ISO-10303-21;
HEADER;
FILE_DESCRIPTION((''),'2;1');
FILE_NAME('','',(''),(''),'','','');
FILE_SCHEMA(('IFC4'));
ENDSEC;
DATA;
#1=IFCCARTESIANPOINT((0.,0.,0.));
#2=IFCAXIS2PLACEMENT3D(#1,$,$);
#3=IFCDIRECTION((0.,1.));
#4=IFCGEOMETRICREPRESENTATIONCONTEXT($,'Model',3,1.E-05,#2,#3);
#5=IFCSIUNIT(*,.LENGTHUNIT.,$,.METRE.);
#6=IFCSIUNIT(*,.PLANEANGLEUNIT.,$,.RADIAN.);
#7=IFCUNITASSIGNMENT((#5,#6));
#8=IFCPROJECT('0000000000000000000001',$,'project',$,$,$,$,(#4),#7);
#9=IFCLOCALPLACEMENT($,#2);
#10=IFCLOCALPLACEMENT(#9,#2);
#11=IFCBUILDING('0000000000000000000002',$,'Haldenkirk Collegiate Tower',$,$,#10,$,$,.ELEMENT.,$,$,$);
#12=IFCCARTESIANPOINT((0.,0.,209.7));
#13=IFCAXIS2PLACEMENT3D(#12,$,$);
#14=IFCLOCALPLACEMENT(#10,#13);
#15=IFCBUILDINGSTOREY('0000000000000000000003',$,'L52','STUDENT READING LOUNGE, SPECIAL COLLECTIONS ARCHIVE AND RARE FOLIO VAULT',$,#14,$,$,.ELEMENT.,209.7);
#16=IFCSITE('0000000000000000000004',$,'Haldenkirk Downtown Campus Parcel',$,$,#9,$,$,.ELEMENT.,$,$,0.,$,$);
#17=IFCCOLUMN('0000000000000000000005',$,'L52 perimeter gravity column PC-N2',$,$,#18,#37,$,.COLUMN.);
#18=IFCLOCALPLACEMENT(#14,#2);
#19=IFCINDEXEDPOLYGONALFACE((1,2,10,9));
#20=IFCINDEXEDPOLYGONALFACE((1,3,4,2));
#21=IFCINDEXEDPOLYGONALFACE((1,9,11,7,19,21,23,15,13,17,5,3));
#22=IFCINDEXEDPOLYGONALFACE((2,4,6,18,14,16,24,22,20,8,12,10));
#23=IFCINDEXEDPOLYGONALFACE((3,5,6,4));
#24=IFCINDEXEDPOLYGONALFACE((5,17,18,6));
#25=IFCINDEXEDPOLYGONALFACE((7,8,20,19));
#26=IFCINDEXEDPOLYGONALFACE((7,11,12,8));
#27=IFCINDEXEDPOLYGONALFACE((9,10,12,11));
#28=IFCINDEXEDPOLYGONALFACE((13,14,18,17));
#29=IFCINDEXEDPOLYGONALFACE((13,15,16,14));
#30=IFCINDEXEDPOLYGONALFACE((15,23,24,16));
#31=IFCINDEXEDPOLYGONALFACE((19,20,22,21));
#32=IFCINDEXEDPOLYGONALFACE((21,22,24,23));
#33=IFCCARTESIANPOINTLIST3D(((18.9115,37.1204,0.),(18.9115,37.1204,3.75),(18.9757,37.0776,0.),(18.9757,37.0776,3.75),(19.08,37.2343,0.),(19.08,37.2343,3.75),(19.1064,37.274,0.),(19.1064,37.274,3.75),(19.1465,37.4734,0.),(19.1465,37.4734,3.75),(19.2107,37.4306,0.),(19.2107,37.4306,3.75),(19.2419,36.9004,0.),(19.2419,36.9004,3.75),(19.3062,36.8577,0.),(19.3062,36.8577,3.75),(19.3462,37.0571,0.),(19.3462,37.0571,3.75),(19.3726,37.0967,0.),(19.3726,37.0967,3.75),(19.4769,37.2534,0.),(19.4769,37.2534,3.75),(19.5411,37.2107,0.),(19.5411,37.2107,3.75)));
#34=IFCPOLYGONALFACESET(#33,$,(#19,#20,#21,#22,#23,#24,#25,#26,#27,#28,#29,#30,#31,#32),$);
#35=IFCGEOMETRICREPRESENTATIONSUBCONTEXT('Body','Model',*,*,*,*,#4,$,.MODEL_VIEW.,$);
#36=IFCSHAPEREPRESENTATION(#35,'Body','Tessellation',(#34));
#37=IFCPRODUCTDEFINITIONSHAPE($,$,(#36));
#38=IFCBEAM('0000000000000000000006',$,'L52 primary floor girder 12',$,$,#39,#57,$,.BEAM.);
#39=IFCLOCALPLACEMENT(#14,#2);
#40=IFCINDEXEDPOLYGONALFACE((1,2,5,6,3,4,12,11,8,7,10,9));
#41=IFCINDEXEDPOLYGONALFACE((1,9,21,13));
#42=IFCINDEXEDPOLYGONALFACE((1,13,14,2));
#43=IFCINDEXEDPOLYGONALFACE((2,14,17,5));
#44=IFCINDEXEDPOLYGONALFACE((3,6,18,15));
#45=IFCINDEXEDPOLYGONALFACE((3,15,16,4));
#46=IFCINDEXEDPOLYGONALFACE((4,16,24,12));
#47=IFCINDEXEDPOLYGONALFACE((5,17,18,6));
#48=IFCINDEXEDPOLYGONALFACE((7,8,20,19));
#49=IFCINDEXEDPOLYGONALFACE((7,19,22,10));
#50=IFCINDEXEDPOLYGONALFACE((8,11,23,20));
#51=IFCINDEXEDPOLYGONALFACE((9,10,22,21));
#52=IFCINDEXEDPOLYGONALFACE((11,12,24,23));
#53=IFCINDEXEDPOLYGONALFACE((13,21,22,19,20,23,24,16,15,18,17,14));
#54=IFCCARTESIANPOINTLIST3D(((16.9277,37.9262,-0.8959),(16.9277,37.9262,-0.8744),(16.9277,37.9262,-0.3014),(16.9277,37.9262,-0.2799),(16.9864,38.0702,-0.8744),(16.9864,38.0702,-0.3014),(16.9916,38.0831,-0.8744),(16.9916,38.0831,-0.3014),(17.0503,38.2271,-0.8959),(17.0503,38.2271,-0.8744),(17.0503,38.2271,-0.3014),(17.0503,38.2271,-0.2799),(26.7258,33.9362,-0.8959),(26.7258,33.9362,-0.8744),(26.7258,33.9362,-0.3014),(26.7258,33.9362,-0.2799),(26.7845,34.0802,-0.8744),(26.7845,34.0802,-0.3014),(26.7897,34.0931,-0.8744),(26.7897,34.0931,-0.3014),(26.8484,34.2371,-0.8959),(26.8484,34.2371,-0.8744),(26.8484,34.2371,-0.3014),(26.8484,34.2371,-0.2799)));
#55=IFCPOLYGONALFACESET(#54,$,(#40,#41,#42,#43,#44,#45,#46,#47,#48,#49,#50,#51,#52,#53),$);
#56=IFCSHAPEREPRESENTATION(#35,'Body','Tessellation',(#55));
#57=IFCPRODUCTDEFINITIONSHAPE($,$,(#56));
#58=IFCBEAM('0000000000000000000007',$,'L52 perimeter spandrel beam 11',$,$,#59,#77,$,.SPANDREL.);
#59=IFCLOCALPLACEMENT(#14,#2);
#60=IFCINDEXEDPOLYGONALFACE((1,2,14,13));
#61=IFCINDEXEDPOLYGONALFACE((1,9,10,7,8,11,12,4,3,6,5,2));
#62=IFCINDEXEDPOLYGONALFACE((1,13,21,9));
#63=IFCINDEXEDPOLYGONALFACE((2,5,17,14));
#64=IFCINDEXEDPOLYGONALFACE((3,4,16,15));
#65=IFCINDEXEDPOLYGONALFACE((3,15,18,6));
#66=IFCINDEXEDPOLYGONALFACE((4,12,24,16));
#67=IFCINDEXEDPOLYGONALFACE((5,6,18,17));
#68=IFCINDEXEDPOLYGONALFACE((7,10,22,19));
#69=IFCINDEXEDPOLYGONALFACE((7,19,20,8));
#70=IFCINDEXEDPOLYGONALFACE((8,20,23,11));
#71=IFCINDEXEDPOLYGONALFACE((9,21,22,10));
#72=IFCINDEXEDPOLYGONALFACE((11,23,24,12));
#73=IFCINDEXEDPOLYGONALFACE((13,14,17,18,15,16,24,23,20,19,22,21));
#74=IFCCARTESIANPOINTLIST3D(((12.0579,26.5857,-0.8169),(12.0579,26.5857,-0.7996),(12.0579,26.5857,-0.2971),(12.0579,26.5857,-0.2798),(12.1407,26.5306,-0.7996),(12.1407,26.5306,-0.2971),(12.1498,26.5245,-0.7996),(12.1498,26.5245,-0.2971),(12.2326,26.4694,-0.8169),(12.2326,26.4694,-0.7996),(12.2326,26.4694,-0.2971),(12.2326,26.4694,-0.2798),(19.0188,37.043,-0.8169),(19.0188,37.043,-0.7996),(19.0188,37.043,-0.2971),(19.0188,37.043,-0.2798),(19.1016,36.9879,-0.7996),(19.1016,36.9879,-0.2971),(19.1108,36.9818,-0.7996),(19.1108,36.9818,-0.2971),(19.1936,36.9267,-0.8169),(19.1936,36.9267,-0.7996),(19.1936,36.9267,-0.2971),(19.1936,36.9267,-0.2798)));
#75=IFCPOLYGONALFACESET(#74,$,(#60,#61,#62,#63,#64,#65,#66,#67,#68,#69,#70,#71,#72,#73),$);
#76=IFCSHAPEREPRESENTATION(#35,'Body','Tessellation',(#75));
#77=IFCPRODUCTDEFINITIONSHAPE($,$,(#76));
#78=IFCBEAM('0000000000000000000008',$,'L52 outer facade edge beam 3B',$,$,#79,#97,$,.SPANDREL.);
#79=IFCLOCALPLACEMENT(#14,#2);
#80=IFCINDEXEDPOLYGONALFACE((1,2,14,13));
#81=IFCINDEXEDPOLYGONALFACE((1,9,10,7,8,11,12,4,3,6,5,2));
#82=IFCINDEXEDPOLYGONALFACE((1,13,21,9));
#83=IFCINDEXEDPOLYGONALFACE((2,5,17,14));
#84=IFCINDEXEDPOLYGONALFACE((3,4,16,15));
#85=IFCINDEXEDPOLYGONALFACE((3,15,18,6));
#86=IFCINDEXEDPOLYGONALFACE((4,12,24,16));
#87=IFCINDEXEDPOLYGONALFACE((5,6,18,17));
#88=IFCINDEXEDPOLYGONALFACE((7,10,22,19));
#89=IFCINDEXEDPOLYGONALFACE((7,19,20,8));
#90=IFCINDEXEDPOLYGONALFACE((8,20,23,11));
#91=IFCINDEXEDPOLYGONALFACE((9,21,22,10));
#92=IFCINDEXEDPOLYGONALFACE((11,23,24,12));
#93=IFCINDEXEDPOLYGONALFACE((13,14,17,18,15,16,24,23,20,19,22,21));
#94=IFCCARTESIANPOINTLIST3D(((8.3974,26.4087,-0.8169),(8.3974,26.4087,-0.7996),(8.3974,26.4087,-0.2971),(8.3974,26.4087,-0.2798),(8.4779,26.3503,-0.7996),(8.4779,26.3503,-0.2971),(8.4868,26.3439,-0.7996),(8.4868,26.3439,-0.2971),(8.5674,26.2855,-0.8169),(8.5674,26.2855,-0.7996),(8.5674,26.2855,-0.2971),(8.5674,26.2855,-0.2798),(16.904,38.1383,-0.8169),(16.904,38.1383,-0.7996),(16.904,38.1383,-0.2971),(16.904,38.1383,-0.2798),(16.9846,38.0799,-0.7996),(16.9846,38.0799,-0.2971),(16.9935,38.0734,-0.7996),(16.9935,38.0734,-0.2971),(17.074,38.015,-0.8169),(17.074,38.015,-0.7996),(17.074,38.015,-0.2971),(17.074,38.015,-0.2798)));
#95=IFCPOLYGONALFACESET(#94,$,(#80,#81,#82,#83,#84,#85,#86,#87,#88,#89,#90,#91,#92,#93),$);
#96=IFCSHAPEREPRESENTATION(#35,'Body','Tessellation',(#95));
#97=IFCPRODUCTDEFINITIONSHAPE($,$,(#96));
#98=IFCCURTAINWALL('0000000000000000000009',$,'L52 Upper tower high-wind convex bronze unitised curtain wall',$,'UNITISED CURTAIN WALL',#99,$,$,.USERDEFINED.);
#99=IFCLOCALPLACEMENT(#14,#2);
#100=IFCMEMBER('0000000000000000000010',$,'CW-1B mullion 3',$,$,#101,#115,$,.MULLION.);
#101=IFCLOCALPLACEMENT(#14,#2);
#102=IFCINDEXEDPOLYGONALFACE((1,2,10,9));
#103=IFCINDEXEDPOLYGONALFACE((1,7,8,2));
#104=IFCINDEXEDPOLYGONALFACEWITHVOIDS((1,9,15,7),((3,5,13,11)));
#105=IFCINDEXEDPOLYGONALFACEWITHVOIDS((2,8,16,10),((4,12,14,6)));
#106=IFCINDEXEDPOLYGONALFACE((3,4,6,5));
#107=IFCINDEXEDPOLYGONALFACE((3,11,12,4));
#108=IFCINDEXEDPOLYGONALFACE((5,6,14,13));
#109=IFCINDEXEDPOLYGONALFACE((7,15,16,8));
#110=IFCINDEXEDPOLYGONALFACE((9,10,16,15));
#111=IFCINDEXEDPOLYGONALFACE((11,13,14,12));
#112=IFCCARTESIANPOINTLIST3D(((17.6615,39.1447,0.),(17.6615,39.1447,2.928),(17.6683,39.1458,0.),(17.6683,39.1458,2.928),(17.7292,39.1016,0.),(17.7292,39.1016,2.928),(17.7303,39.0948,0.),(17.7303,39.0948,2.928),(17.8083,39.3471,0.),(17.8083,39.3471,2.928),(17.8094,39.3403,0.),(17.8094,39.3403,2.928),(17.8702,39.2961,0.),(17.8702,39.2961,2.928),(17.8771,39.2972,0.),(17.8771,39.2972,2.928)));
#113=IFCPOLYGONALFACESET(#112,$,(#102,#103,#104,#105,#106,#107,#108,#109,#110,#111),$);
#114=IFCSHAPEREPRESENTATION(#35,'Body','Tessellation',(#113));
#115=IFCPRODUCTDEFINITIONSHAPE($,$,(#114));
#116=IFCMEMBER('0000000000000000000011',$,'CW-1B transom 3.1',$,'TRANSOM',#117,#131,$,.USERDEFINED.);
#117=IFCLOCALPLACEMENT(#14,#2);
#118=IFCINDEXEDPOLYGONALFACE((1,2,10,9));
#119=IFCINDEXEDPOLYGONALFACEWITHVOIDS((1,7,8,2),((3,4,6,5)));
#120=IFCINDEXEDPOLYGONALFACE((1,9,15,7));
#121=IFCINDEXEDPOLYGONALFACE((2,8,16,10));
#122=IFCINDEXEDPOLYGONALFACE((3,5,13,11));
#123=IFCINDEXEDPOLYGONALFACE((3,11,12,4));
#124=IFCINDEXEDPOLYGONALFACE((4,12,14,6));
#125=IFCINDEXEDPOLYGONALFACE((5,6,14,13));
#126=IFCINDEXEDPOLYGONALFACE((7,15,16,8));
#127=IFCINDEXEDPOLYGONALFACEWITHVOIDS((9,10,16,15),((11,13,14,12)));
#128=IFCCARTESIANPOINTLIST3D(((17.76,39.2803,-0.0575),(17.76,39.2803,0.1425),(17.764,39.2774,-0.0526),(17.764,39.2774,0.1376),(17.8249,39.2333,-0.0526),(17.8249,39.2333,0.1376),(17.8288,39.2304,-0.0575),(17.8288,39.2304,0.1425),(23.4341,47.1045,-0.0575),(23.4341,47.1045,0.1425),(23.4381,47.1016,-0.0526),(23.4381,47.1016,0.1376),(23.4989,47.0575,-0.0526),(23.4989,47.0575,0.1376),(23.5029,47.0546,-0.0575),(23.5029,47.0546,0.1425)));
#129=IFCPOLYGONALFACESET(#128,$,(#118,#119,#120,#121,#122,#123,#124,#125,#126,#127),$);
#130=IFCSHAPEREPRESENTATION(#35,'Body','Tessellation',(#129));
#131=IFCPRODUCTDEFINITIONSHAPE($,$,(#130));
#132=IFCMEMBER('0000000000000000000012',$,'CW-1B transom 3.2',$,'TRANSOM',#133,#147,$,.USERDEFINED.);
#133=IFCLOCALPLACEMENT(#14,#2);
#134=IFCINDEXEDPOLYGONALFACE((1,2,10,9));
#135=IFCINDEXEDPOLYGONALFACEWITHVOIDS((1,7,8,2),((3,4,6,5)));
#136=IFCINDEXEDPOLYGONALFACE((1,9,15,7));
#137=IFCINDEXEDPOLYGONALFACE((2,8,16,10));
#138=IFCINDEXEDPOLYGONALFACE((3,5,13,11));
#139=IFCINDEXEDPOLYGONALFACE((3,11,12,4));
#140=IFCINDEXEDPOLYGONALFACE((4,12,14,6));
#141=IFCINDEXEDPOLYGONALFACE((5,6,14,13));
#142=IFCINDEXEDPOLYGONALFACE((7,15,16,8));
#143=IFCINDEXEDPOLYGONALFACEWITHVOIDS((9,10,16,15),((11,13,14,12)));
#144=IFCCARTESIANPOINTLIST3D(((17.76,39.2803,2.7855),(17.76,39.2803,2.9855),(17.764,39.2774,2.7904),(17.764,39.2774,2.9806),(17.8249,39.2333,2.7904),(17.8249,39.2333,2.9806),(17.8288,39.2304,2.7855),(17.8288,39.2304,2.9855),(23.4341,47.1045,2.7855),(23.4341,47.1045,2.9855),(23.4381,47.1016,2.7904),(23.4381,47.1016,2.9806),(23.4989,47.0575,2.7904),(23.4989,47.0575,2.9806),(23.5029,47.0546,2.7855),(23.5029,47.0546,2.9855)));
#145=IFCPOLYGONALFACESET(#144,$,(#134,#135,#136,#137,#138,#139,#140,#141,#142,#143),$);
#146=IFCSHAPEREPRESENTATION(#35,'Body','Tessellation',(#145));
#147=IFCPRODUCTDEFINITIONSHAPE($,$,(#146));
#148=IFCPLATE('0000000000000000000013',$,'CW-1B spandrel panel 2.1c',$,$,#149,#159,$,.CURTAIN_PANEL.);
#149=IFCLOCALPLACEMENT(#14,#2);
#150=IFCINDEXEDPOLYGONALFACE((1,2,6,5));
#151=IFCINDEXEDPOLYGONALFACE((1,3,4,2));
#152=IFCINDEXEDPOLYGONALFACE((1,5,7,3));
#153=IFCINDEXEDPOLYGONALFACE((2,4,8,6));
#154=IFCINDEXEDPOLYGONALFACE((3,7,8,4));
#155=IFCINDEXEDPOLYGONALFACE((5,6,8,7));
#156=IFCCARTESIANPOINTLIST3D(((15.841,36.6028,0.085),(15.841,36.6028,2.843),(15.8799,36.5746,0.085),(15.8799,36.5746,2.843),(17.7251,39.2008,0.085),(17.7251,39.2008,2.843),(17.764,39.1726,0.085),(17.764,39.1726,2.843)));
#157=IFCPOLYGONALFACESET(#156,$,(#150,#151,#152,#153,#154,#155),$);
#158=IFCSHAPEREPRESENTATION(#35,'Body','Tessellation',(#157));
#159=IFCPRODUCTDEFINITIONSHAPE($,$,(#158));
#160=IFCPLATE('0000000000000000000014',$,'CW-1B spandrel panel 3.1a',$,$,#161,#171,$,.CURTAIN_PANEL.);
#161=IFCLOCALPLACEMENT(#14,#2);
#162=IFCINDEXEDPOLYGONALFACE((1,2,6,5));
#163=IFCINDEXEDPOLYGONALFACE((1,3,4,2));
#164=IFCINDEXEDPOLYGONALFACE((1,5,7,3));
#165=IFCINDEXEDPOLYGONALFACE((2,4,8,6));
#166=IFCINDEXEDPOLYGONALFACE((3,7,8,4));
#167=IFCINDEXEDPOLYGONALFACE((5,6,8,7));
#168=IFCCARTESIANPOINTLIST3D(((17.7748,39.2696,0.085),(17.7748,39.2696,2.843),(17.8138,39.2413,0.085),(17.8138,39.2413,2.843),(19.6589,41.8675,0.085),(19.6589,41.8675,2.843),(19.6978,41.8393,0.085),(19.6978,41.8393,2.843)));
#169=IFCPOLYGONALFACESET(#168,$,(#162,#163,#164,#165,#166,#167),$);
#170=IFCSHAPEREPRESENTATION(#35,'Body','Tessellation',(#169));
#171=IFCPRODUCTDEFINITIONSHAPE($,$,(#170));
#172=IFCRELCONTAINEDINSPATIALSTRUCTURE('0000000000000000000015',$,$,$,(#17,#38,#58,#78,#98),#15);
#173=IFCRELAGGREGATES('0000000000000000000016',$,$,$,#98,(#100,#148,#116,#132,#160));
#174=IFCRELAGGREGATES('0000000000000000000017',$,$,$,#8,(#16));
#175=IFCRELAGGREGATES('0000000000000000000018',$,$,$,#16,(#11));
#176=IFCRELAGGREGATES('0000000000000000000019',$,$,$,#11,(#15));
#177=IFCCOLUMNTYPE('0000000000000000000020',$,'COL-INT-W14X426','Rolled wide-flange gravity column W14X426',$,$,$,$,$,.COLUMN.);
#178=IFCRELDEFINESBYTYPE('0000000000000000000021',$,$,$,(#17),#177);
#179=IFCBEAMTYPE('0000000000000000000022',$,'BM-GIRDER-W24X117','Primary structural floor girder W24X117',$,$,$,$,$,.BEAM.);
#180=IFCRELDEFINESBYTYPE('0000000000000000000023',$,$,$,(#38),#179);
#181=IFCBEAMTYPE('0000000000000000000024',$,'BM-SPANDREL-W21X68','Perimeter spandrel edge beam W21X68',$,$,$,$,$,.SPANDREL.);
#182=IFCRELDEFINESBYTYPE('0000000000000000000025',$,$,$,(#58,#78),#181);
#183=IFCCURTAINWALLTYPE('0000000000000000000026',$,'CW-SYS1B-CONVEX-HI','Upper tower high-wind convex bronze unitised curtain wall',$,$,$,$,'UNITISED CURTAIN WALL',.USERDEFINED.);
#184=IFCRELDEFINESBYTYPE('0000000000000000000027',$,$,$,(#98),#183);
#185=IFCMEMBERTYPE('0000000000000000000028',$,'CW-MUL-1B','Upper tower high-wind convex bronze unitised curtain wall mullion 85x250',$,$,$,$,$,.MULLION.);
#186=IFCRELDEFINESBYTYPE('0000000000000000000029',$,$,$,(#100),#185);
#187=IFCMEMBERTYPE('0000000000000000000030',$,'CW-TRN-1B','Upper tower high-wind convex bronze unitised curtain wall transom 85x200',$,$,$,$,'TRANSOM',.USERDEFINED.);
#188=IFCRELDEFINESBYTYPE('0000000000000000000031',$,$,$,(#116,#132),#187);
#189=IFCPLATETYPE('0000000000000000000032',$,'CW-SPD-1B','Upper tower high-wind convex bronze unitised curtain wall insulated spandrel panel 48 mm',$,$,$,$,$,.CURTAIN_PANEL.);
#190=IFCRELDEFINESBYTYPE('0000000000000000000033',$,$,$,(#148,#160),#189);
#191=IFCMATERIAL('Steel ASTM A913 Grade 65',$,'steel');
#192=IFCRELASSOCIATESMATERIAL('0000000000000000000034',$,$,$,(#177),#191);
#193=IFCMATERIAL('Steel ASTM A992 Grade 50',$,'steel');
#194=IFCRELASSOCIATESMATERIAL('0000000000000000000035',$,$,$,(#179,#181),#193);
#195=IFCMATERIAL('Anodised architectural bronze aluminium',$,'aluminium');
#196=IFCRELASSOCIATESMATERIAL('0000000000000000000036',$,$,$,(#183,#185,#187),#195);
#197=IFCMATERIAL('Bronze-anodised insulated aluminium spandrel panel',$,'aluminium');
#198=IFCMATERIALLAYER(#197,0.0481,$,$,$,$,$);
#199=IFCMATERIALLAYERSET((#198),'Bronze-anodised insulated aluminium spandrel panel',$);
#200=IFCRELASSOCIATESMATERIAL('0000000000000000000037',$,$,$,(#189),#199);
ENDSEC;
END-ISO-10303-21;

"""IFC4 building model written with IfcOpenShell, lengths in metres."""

from ifc_helpers import new_model, si_unit, direction, frame, origin, origin_2d, place, context, subcontext, project, spatial, rectangle, hollow_rectangle, i_section, extrude, source, transform, mapped, material, layer, layer_set, material_profile, profile_set, type_object, element, aggregate, save


model = new_model("IFC4")

# Units and contexts
model_context = context("Model", 3, precision=1e-05, world=origin(), true_north=direction((0.0, 1.0)))
body_context = subcontext(model_context, "Body", "Model", "MODEL_VIEW")
ifc_project = project(units=[si_unit("LENGTHUNIT", "METRE"), si_unit("PLANEANGLEUNIT", "RADIAN")], contexts=[model_context])

# Site, building, storey
site_placement = place(None, origin())
site = spatial("IfcSite", under=ifc_project, at=site_placement, Name="Haldenkirk Downtown Campus Parcel", CompositionType="ELEMENT", RefElevation=0.0)
building_placement = place(site_placement, origin())
building = spatial("IfcBuilding", under=site, at=building_placement, Name="Haldenkirk Collegiate Tower", CompositionType="ELEMENT")
storey_placement = place(building_placement, frame((0.0, 0.0, 209.7)))
storey = spatial("IfcBuildingStorey", under=building, at=storey_placement, Name="L52", Description="STUDENT READING LOUNGE, SPECIAL COLLECTIONS ARCHIVE AND RARE FOLIO VAULT", CompositionType="ELEMENT", Elevation=209.7)

# Column
ifc_material_1 = material(Name="Steel ASTM A913 Grade 65", Category="steel")
ifc_material_profile_1 = material_profile(ifc_material_1, i_section(OverallWidth=0.4241, OverallDepth=0.4741, WebThickness=0.0476, FlangeThickness=0.0771, at=origin_2d()), Name="W14X426")
ifc_profile_set_1 = profile_set([ifc_material_profile_1], Name="Steel ASTM A913 Grade 65")
column_type = type_object("IfcColumnType", Name="COL-INT-W14X426", Description="Rolled wide-flange gravity column W14X426", PredefinedType="COLUMN", material=ifc_profile_set_1)
column_placement = place(storey_placement, frame((19.2263, 37.1655, 0.0), z_axis=(0.0, 0.0, 1.0), x_axis=(0.554118, 0.832438, 0.0)))
element("IfcColumn", 1, at=column_placement, inside=storey, type_object=column_type, Name="L52 perimeter gravity column PC-N2", PredefinedType="COLUMN", context=body_context, shape_type="SweptSolid", body=[
    extrude(i_section(OverallWidth=0.4241, OverallDepth=0.4741, WebThickness=0.0476, FlangeThickness=0.0771, at=origin_2d()), origin(), (0.0, 0.0, 1.0), 3.75),
])

# Beams
ifc_material_2 = material(Name="Steel ASTM A992 Grade 50", Category="steel")
ifc_material_profile_2 = material_profile(ifc_material_2, i_section(OverallWidth=0.325, OverallDepth=0.616, WebThickness=0.0139, FlangeThickness=0.0215, at=origin_2d()), Name="W24X117")
ifc_profile_set_2 = profile_set([ifc_material_profile_2], Name="Steel ASTM A992 Grade 50")
beam_type_1 = type_object("IfcBeamType", Name="BM-GIRDER-W24X117", Description="Primary structural floor girder W24X117", PredefinedType="BEAM", material=ifc_profile_set_2)
beam_1_placement = place(storey_placement, frame((16.989, 38.0767, -0.5879), z_axis=(0.926153, -0.377149, 0.0), x_axis=(0.377149, 0.926153, 0.0)))
element("IfcBeam", 2, at=beam_1_placement, inside=storey, type_object=beam_type_1, Name="L52 primary floor girder 12", PredefinedType="BEAM", context=body_context, shape_type="SweptSolid", body=[
    extrude(i_section(OverallWidth=0.325, OverallDepth=0.616, WebThickness=0.0139, FlangeThickness=0.0215, at=origin_2d()), origin(), (0.0, 0.0, 1.0), 10.5793),
])
ifc_material_profile_3 = material_profile(ifc_material_2, i_section(OverallWidth=0.21, OverallDepth=0.5371, WebThickness=0.011, FlangeThickness=0.0173, at=origin_2d()), Name="W21X68")
ifc_profile_set_3 = profile_set([ifc_material_profile_3], Name="Steel ASTM A992 Grade 50")
beam_type_2 = type_object("IfcBeamType", Name="BM-SPANDREL-W21X68", Description="Perimeter spandrel edge beam W21X68", PredefinedType="SPANDREL", material=ifc_profile_set_3)
beam_2_placement = place(storey_placement, frame((19.1062, 36.9849, -0.5483), z_axis=(-0.554117, -0.832439, 0.0), x_axis=(0.832439, -0.554117, 0.0)))
element("IfcBeam", 3, at=beam_2_placement, inside=storey, type_object=beam_type_2, Name="L52 perimeter spandrel beam 11", PredefinedType="SPANDREL", context=body_context, shape_type="SweptSolid", body=[
    extrude(i_section(OverallWidth=0.21, OverallDepth=0.5371, WebThickness=0.011, FlangeThickness=0.0173, at=origin_2d()), origin(), (0.0, 0.0, 1.0), 12.5623),
])
beam_3_placement = place(storey_placement, frame((16.989, 38.0767, -0.5483), z_axis=(-0.58709, -0.809522, 0.0), x_axis=(0.809522, -0.58709, 0.0)))
element("IfcBeam", 4, at=beam_3_placement, inside=storey, type_object=beam_type_2, Name="L52 outer facade edge beam 3B", PredefinedType="SPANDREL", context=body_context, shape_type="SweptSolid", body=[
    extrude(i_section(OverallWidth=0.21, OverallDepth=0.5371, WebThickness=0.011, FlangeThickness=0.0173, at=origin_2d()), origin(), (0.0, 0.0, 1.0), 14.4895),
])

# Curtain wall, members, plates
ifc_material_3 = material(Name="Anodised architectural bronze aluminium", Category="aluminium")
curtain_wall_type = type_object("IfcCurtainWallType", Name="CW-SYS1B-CONVEX-HI", Description="Upper tower high-wind convex bronze unitised curtain wall", ElementType="UNITISED CURTAIN WALL", PredefinedType="USERDEFINED", material=ifc_material_3)
curtain_wall_placement = place(storey_placement, origin())
curtain_wall = element("IfcCurtainWall", 5, at=curtain_wall_placement, inside=storey, type_object=curtain_wall_type, Name="L52 Upper tower high-wind convex bronze unitised curtain wall", ObjectType="UNITISED CURTAIN WALL", PredefinedType="USERDEFINED")
ifc_material_profile_4 = material_profile(ifc_material_3, hollow_rectangle(XDim=0.085, YDim=0.25, WallThickness=0.0049, at=origin_2d()), Name="CW-MUL-1B")
ifc_profile_set_4 = profile_set([ifc_material_profile_4], Name="Anodised architectural bronze aluminium")
member_type_1 = type_object("IfcMemberType", Name="CW-MUL-1B", Description="Upper tower high-wind convex bronze unitised curtain wall mullion 85x250", PredefinedType="MULLION", material=ifc_profile_set_4)
member_1_placement = place(storey_placement, frame((17.7693, 39.2209, 0.0), z_axis=(0.0, 0.0, 1.0), x_axis=(-0.80953, 0.587078, 0.0)))
member_1 = element("IfcMember", 6, at=member_1_placement, type_object=member_type_1, Name="CW-1B mullion 3", PredefinedType="MULLION", context=body_context, shape_type="SweptSolid", body=[
    extrude(hollow_rectangle(XDim=0.085, YDim=0.25, WallThickness=0.0049, at=origin_2d()), origin(), (0.0, 0.0, 1.0), 2.928),
])
ifc_material_profile_5 = material_profile(ifc_material_3, hollow_rectangle(XDim=0.085, YDim=0.2, WallThickness=0.0049, at=origin_2d()), Name="CW-TRN-1B")
ifc_profile_set_5 = profile_set([ifc_material_profile_5], Name="Anodised architectural bronze aluminium")
member_type_2 = type_object("IfcMemberType", Name="CW-TRN-1B", Description="Upper tower high-wind convex bronze unitised curtain wall transom 85x200", ElementType="TRANSOM", PredefinedType="USERDEFINED", material=ifc_profile_set_5)
member_2_placement = place(storey_placement, frame((17.7944, 39.2554, 0.0425), z_axis=(0.58707, 0.809536, 0.0), x_axis=(-0.809536, 0.58707, 0.0)))
member_2 = element("IfcMember", 7, at=member_2_placement, type_object=member_type_2, Name="CW-1B transom 3.1", ObjectType="TRANSOM", PredefinedType="USERDEFINED", context=body_context, shape_type="SweptSolid", body=[
    extrude(hollow_rectangle(XDim=0.085, YDim=0.2, WallThickness=0.0049, at=origin_2d()), origin(), (0.0, 0.0, 1.0), 9.665),
])
member_3_placement = place(storey_placement, frame((17.7944, 39.2554, 2.8855), z_axis=(0.58707, 0.809536, 0.0), x_axis=(-0.809536, 0.58707, 0.0)))
member_3 = element("IfcMember", 8, at=member_3_placement, type_object=member_type_2, Name="CW-1B transom 3.2", ObjectType="TRANSOM", PredefinedType="USERDEFINED", context=body_context, shape_type="SweptSolid", body=[
    extrude(hollow_rectangle(XDim=0.085, YDim=0.2, WallThickness=0.0049, at=origin_2d()), origin(), (0.0, 0.0, 1.0), 9.665),
])
ifc_material_4 = material(Name="Bronze-anodised insulated aluminium spandrel panel", Category="aluminium")
ifc_layer_1 = layer(ifc_material_4, 0.0481)
ifc_layer_set_1 = layer_set([ifc_layer_1], Name="Bronze-anodised insulated aluminium spandrel panel")
plate_type = type_object("IfcPlateType", Name="CW-SPD-1B", Description="Upper tower high-wind convex bronze unitised curtain wall insulated spandrel panel 48 mm", PredefinedType="CURTAIN_PANEL", material=ifc_layer_set_1)
shared_shape_1 = source(origin(), body_context, "Body", "SweptSolid", [
    extrude(rectangle(XDim=3.2092, YDim=0.0481, at=origin_2d()), origin(), (0.0, 0.0, 1.0), 2.7581),
])
plate_1_placement = place(storey_placement, frame((16.8025, 37.8877, 0.085), z_axis=(0.0, 0.0, 1.0), x_axis=(0.587078, 0.80953, 0.0)))
plate_1 = element("IfcPlate", 9, at=plate_1_placement, type_object=plate_type, Name="CW-1B spandrel panel 2.1c", PredefinedType="CURTAIN_PANEL", context=body_context, shape_type="MappedRepresentation", body=[
    mapped(shared_shape_1, transform((0.0, 0.0, 0.0), x_axis=(1.0, 0.0, 0.0), y_axis=(0.0, 1.0, 0.0), z_axis=(0.0, 0.0, 1.0), scale=1.0)),
])
plate_2_placement = place(storey_placement, frame((18.7363, 40.5544, 0.085), z_axis=(0.0, 0.0, 1.0), x_axis=(0.587078, 0.80953, 0.0)))
plate_2 = element("IfcPlate", 10, at=plate_2_placement, type_object=plate_type, Name="CW-1B spandrel panel 3.1a", PredefinedType="CURTAIN_PANEL", context=body_context, shape_type="MappedRepresentation", body=[
    mapped(shared_shape_1, transform((0.0, 0.0, 0.0), x_axis=(1.0, 0.0, 0.0), y_axis=(0.0, 1.0, 0.0), z_axis=(0.0, 0.0, 1.0), scale=1.0)),
])
aggregate(curtain_wall, [member_1, plate_1, member_2, member_3, plate_2])

save(model, "model.ifc")
